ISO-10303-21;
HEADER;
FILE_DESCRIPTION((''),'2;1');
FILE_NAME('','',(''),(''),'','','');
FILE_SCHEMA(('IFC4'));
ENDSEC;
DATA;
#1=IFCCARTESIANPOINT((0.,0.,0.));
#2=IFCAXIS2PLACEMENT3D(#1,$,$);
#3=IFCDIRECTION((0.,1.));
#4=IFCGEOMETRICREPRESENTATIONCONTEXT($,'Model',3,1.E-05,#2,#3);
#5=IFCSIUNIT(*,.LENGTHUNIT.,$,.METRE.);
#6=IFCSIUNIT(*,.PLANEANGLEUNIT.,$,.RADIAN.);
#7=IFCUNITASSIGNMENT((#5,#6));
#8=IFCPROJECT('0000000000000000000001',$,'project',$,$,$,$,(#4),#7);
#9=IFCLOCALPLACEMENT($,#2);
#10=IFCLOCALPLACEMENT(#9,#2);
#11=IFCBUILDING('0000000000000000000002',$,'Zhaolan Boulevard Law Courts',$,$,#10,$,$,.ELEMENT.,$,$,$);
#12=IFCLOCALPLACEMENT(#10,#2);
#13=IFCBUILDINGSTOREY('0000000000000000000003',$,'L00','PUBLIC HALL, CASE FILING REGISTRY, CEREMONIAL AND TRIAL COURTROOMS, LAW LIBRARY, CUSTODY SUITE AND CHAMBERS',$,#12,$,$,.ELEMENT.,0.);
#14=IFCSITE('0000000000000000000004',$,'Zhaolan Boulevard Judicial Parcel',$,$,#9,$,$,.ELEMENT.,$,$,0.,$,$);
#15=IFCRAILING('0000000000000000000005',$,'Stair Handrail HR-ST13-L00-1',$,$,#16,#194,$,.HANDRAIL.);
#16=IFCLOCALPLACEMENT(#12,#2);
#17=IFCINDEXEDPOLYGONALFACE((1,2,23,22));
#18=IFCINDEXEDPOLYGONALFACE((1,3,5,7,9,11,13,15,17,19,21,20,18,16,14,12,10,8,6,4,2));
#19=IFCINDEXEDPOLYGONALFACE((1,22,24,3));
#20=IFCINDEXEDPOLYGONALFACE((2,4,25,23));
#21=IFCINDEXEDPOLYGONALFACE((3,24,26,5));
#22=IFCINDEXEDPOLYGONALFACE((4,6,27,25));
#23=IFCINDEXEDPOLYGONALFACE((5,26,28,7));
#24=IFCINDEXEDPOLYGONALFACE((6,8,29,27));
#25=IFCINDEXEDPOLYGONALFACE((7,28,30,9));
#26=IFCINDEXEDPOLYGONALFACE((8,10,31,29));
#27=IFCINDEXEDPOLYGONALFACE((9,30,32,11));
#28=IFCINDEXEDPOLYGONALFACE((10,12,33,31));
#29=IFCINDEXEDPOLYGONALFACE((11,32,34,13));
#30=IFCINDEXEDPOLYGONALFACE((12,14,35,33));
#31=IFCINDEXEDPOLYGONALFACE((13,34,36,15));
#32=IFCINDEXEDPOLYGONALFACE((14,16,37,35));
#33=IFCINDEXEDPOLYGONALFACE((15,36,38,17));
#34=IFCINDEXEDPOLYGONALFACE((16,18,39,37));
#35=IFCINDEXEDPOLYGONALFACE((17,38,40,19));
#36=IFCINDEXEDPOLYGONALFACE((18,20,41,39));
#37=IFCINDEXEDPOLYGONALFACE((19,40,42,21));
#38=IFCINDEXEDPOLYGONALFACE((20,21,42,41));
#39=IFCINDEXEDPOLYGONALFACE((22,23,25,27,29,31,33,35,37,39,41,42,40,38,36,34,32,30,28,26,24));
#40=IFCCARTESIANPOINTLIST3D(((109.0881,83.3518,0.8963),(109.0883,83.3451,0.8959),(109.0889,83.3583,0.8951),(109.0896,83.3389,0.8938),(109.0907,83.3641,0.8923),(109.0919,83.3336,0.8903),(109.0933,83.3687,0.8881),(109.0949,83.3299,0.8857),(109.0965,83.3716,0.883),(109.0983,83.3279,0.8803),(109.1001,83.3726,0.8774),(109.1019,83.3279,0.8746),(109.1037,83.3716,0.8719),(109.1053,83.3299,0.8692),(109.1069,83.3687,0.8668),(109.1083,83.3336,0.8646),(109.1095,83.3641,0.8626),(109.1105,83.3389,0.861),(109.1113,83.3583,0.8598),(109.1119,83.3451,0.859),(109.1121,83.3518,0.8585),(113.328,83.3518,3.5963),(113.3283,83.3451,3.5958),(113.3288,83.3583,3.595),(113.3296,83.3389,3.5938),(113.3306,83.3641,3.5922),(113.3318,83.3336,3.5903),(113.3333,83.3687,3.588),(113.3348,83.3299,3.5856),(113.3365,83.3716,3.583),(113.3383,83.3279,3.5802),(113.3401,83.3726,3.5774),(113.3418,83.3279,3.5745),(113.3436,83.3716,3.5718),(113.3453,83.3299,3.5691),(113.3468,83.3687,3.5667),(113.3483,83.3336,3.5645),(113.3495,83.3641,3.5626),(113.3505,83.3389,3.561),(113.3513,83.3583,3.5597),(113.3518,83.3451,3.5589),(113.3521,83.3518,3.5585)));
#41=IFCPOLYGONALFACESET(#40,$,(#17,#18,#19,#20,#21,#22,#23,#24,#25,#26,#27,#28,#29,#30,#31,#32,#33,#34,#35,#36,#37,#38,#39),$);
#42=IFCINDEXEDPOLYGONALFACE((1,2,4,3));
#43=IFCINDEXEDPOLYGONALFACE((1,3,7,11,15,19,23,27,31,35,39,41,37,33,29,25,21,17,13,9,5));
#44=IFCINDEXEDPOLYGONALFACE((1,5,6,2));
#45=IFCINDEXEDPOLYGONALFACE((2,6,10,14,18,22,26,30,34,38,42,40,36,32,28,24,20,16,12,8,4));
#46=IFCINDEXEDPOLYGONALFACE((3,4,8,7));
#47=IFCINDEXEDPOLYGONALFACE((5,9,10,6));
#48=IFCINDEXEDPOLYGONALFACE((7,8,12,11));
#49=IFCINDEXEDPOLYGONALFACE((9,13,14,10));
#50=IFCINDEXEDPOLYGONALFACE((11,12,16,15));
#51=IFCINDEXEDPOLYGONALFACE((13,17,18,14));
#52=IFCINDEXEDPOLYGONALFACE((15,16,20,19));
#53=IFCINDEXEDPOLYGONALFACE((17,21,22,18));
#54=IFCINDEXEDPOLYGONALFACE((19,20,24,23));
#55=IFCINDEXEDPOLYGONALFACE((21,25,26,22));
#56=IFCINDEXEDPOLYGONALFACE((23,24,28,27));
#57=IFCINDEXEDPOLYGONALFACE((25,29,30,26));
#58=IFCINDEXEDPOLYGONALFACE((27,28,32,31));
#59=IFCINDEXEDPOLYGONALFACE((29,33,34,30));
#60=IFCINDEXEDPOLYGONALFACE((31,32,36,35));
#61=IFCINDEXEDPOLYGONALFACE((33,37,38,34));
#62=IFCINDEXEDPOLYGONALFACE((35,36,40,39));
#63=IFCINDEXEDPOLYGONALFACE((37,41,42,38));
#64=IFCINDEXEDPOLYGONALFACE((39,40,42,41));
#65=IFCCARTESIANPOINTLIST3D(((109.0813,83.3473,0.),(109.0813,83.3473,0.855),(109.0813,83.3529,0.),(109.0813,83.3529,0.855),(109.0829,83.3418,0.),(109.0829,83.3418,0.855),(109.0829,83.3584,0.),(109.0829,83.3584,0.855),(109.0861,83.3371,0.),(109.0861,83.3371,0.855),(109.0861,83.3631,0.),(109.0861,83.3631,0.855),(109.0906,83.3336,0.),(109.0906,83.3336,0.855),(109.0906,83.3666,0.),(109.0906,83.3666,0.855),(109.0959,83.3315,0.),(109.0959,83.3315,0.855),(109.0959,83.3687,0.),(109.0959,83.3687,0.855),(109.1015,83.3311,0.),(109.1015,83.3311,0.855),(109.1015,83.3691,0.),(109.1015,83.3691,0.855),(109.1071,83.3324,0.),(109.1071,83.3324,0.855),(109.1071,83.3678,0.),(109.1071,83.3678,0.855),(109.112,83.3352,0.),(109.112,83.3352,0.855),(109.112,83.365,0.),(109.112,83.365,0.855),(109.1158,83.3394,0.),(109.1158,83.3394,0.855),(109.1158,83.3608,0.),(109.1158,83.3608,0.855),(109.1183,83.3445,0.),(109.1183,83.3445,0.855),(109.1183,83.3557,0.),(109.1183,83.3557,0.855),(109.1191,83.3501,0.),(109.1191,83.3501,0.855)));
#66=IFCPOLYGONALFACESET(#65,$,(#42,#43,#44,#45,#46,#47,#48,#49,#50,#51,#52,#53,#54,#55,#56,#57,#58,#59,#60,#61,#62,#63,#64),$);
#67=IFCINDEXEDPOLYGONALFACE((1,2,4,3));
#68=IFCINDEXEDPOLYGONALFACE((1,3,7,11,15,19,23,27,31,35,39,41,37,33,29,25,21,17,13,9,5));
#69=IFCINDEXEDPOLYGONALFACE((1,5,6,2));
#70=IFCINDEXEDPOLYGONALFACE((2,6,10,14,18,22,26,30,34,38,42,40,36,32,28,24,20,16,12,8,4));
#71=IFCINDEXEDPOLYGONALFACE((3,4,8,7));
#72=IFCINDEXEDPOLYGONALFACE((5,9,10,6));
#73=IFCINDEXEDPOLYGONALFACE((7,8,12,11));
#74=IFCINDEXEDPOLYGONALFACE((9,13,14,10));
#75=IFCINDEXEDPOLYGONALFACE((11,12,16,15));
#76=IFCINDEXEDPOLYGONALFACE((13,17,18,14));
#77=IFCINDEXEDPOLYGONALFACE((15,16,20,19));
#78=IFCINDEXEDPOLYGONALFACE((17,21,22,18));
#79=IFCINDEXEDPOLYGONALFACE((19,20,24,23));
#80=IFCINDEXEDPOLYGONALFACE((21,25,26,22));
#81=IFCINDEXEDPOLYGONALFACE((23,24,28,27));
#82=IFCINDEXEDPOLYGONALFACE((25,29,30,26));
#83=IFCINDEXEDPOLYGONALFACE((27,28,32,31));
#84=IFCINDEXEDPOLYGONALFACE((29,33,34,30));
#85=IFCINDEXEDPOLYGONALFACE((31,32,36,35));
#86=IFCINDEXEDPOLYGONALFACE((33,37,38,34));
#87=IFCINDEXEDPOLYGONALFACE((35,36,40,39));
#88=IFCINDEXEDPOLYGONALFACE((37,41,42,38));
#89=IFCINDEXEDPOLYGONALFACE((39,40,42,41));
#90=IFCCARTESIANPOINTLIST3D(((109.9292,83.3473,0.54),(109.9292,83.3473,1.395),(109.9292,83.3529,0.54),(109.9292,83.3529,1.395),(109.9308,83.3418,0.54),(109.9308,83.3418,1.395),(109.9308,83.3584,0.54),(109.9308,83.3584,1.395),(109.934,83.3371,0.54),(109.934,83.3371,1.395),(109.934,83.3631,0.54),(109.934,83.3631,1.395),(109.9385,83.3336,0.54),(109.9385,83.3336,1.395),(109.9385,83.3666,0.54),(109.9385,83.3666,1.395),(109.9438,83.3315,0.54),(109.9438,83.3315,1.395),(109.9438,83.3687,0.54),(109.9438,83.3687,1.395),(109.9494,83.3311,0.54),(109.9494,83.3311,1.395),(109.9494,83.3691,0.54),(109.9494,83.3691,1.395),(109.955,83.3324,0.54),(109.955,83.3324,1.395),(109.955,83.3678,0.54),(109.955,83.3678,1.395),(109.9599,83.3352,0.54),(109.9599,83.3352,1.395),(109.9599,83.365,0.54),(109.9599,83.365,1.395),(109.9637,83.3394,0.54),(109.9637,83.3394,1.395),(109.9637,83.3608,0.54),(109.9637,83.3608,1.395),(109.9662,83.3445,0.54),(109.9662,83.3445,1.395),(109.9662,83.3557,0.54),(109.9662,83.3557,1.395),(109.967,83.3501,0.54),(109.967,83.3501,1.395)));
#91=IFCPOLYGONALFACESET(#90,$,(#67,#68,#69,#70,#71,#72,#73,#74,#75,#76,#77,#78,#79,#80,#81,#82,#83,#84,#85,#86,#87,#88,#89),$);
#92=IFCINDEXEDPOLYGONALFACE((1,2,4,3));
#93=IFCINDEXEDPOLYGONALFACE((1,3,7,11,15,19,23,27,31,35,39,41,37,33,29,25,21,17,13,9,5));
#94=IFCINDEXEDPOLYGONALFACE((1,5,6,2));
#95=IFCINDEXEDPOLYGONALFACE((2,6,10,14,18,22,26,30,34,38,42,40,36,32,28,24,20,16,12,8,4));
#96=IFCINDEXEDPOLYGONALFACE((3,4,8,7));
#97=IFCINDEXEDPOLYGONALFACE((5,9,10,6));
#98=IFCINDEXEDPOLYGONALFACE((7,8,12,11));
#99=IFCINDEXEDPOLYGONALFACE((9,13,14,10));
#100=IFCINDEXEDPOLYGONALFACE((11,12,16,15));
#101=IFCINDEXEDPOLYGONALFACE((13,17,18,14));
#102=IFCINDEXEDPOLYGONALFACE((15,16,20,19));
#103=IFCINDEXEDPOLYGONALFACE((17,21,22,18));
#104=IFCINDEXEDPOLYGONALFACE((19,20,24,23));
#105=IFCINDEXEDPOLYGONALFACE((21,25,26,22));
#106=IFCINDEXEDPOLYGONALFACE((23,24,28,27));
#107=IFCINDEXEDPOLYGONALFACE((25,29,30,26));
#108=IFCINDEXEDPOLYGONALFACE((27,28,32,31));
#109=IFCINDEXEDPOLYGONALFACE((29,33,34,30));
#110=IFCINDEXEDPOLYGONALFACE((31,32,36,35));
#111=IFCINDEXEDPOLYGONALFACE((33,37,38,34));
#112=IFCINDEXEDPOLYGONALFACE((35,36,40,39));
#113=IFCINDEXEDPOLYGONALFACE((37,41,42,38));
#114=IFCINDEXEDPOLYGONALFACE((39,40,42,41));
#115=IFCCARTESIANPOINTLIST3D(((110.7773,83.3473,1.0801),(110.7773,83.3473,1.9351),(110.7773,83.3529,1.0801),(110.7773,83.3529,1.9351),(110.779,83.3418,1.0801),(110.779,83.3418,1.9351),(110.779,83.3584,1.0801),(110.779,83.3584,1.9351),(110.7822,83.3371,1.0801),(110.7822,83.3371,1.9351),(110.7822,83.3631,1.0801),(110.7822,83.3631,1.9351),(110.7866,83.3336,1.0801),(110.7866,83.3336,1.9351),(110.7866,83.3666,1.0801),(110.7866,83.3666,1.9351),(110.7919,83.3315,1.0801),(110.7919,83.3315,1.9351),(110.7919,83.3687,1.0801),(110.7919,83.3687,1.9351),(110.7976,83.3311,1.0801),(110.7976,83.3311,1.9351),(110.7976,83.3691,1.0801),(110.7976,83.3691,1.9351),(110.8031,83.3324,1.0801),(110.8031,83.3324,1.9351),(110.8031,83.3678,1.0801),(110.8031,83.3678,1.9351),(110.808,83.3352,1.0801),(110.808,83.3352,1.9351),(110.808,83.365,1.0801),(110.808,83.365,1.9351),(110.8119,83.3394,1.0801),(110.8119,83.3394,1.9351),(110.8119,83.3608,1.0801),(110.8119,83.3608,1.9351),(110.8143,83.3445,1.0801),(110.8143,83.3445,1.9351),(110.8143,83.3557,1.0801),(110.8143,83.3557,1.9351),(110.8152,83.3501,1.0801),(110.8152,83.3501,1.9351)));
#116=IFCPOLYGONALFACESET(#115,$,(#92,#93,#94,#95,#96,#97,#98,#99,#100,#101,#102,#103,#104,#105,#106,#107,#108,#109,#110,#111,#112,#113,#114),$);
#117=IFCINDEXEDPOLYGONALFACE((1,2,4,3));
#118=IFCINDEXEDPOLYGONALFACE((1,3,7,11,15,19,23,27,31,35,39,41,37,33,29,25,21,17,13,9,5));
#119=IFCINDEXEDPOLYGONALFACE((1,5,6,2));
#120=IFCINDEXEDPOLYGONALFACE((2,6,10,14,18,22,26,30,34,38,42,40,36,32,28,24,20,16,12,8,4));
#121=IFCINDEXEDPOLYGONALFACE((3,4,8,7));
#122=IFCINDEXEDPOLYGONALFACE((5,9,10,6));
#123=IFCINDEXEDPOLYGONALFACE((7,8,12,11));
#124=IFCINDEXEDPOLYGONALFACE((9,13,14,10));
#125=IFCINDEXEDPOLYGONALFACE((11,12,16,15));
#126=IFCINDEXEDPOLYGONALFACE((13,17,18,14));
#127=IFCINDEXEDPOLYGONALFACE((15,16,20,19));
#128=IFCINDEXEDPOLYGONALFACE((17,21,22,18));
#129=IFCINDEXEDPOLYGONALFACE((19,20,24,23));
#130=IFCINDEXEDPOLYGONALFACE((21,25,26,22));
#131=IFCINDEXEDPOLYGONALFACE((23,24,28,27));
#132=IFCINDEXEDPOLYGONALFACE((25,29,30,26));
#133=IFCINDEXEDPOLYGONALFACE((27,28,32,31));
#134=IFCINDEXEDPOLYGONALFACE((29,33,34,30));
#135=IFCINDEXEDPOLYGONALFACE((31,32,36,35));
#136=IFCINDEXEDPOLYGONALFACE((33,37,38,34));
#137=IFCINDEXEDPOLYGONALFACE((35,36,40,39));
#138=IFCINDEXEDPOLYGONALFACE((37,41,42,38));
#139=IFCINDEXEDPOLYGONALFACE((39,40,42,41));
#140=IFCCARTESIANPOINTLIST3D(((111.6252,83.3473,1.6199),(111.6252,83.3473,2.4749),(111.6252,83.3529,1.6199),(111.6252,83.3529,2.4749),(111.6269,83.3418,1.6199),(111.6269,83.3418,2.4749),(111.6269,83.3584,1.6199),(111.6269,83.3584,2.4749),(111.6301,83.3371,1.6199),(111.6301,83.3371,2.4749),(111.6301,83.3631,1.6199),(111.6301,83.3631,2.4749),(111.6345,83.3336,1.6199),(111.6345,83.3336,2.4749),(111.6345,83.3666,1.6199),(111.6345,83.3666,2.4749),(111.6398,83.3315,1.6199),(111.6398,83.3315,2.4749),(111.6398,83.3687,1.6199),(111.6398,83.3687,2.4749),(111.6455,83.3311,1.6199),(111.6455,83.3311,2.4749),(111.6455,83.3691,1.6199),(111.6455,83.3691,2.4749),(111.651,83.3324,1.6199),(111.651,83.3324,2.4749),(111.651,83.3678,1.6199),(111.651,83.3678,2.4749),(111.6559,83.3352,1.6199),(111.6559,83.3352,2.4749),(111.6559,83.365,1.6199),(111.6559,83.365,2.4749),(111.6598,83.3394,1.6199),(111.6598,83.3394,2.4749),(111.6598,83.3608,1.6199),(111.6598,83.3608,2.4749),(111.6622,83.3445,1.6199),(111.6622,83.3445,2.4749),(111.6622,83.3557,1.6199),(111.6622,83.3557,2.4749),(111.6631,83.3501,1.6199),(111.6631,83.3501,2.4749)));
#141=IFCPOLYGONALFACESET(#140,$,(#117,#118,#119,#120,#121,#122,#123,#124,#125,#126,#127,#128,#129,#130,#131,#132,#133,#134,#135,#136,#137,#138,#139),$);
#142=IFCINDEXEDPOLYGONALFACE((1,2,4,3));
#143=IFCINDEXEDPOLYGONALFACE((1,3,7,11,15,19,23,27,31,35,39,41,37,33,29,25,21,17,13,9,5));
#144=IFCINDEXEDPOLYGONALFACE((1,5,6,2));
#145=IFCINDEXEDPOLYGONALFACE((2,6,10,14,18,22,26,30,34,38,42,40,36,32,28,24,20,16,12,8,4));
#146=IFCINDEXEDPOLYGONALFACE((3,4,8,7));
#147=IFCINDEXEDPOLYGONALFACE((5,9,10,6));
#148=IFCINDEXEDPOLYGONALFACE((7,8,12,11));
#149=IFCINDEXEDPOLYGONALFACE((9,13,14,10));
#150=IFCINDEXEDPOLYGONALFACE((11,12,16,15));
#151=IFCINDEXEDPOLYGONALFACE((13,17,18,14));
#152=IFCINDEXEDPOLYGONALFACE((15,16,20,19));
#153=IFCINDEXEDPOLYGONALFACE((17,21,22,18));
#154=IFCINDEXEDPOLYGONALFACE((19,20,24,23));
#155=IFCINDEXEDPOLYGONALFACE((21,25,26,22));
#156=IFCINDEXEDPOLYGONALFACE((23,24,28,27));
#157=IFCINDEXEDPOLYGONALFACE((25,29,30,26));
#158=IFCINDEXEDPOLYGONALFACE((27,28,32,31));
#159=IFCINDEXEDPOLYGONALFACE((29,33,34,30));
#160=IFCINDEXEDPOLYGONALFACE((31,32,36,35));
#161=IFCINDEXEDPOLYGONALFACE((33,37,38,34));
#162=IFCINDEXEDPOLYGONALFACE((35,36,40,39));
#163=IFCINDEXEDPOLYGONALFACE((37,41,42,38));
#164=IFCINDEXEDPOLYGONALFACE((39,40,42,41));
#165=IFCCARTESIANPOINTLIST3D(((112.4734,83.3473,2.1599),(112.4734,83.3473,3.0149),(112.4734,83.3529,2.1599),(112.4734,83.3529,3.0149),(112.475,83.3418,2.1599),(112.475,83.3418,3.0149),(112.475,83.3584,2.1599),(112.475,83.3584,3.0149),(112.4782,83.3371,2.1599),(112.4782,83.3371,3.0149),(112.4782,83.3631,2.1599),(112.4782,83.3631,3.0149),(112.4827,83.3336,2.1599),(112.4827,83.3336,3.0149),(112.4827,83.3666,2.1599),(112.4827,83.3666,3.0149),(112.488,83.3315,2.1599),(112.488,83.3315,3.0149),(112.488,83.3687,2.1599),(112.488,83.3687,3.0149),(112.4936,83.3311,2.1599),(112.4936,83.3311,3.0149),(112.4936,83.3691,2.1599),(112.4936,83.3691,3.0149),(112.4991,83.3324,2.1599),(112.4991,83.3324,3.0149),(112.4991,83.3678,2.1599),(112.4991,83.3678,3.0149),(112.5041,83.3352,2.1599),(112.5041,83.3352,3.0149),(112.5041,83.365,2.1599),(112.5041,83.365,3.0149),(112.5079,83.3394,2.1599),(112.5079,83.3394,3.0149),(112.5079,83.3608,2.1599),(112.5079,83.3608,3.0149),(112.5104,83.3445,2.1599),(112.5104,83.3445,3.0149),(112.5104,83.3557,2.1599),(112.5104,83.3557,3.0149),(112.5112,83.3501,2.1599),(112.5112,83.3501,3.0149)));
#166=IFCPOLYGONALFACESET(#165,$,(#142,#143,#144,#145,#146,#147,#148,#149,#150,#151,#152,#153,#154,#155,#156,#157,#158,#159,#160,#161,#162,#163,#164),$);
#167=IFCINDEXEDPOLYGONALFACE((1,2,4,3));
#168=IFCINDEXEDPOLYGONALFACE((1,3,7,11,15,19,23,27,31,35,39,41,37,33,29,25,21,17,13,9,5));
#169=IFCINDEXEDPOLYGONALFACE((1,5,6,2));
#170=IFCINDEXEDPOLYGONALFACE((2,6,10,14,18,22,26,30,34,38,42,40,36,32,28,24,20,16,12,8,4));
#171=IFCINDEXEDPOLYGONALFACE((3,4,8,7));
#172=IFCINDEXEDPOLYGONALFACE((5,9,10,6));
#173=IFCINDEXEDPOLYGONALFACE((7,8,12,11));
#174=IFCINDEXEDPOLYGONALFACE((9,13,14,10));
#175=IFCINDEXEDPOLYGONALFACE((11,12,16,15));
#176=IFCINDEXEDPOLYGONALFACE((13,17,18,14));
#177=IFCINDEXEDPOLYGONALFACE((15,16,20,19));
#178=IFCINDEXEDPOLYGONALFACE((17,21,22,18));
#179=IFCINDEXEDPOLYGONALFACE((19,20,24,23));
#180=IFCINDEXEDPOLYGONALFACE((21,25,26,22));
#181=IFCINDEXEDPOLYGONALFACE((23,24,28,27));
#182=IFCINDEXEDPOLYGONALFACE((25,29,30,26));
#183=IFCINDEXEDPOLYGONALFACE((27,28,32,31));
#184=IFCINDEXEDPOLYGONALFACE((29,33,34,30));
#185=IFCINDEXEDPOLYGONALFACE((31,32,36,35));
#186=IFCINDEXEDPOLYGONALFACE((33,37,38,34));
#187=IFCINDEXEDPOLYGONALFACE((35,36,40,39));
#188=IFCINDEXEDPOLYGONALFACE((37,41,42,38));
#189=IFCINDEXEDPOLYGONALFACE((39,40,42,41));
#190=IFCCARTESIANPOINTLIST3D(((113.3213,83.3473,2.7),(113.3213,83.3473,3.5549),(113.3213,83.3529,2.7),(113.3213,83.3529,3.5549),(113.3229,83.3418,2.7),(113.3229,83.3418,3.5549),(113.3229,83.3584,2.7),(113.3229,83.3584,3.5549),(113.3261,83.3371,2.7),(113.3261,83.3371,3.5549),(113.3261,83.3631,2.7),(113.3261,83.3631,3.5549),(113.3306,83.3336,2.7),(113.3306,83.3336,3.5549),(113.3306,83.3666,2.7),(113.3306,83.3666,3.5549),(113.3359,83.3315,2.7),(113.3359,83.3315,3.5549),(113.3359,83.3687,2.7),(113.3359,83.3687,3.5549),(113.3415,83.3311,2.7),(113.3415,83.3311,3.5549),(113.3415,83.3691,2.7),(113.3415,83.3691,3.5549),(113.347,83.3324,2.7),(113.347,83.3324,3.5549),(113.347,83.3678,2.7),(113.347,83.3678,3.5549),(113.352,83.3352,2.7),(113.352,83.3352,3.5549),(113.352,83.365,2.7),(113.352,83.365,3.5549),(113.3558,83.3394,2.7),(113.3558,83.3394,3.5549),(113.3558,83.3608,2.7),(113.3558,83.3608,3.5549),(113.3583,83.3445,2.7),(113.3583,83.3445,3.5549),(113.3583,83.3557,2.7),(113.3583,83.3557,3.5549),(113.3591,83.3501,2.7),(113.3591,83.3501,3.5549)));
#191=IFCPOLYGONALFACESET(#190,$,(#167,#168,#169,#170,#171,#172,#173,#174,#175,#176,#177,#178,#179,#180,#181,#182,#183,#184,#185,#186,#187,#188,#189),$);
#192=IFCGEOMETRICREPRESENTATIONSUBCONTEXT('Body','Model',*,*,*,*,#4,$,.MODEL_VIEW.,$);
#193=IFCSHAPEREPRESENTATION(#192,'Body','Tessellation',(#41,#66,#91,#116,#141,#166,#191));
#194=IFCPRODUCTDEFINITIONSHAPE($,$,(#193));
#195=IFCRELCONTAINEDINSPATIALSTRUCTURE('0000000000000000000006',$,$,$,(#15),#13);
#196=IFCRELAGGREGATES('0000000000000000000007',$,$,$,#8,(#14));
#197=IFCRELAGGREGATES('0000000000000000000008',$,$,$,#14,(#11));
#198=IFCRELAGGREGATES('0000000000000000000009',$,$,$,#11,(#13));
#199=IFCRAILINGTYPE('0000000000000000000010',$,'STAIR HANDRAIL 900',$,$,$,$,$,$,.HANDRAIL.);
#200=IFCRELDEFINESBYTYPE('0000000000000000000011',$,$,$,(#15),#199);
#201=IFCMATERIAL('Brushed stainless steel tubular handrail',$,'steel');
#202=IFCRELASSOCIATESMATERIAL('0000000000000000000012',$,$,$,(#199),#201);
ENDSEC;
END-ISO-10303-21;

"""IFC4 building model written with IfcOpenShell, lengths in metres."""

from ifc_helpers import new_model, si_unit, direction, frame, origin, origin_2d, place, context, subcontext, project, spatial, circle, extrude, material, type_object, element, save


model = new_model("IFC4")

# Units and contexts
model_context = context("Model", 3, precision=1e-05, world=origin(), true_north=direction((0.0, 1.0)))
body_context = subcontext(model_context, "Body", "Model", "MODEL_VIEW")
ifc_project = project(units=[si_unit("LENGTHUNIT", "METRE"), si_unit("PLANEANGLEUNIT", "RADIAN")], contexts=[model_context])

# Site, building, storey
site_placement = place(None, origin())
site = spatial("IfcSite", under=ifc_project, at=site_placement, Name="Zhaolan Boulevard Judicial Parcel", CompositionType="ELEMENT", RefElevation=0.0)
building_placement = place(site_placement, origin())
building = spatial("IfcBuilding", under=site, at=building_placement, Name="Zhaolan Boulevard Law Courts", CompositionType="ELEMENT")
storey_placement = place(building_placement, origin())
storey = spatial("IfcBuildingStorey", under=building, at=storey_placement, Name="L00", Description="PUBLIC HALL, CASE FILING REGISTRY, CEREMONIAL AND TRIAL COURTROOMS, LAW LIBRARY, CUSTODY SUITE AND CHAMBERS", CompositionType="ELEMENT", Elevation=0.0)

# Railing
ifc_material_1 = material(Name="Brushed stainless steel tubular handrail", Category="steel")
railing_type_1 = type_object("IfcRailingType", Name="STAIR HANDRAIL 900", PredefinedType="HANDRAIL", material=ifc_material_1)
railing_1_placement = place(storey_placement, frame((109.1001, 83.3501, 0.0)))
element("IfcRailing", 1, at=railing_1_placement, inside=storey, type_object=railing_type_1, Name="Stair Handrail HR-ST13-L00-1", PredefinedType="HANDRAIL", context=body_context, shape_type="SweptSolid", body=[
    extrude(circle(Radius=0.0225, at=origin_2d()), frame((0.0, 0.0, 0.8774), z_axis=(0.843501, 0.0, 0.537127), x_axis=(0.0, 1.0, 0.0)), (0.0, 0.0, 1.0), 5.0266),
    extrude(circle(Radius=0.019, at=origin_2d()), origin(), (0.0, 0.0, 1.0), 0.855),
    extrude(circle(Radius=0.019, at=origin_2d()), frame((0.8479, 0.0, 0.54)), (0.0, 0.0, 1.0), 0.855),
    extrude(circle(Radius=0.019, at=origin_2d()), frame((1.696, 0.0, 1.0801)), (0.0, 0.0, 1.0), 0.855),
    extrude(circle(Radius=0.019, at=origin_2d()), frame((2.5439, 0.0, 1.6199)), (0.0, 0.0, 1.0), 0.855),
    extrude(circle(Radius=0.019, at=origin_2d()), frame((3.3921, 0.0, 2.1599)), (0.0, 0.0, 1.0), 0.855),
    extrude(circle(Radius=0.019, at=origin_2d()), frame((4.24, 0.0, 2.7)), (0.0, 0.0, 1.0), 0.855),
])

save(model, "model.ifc")
